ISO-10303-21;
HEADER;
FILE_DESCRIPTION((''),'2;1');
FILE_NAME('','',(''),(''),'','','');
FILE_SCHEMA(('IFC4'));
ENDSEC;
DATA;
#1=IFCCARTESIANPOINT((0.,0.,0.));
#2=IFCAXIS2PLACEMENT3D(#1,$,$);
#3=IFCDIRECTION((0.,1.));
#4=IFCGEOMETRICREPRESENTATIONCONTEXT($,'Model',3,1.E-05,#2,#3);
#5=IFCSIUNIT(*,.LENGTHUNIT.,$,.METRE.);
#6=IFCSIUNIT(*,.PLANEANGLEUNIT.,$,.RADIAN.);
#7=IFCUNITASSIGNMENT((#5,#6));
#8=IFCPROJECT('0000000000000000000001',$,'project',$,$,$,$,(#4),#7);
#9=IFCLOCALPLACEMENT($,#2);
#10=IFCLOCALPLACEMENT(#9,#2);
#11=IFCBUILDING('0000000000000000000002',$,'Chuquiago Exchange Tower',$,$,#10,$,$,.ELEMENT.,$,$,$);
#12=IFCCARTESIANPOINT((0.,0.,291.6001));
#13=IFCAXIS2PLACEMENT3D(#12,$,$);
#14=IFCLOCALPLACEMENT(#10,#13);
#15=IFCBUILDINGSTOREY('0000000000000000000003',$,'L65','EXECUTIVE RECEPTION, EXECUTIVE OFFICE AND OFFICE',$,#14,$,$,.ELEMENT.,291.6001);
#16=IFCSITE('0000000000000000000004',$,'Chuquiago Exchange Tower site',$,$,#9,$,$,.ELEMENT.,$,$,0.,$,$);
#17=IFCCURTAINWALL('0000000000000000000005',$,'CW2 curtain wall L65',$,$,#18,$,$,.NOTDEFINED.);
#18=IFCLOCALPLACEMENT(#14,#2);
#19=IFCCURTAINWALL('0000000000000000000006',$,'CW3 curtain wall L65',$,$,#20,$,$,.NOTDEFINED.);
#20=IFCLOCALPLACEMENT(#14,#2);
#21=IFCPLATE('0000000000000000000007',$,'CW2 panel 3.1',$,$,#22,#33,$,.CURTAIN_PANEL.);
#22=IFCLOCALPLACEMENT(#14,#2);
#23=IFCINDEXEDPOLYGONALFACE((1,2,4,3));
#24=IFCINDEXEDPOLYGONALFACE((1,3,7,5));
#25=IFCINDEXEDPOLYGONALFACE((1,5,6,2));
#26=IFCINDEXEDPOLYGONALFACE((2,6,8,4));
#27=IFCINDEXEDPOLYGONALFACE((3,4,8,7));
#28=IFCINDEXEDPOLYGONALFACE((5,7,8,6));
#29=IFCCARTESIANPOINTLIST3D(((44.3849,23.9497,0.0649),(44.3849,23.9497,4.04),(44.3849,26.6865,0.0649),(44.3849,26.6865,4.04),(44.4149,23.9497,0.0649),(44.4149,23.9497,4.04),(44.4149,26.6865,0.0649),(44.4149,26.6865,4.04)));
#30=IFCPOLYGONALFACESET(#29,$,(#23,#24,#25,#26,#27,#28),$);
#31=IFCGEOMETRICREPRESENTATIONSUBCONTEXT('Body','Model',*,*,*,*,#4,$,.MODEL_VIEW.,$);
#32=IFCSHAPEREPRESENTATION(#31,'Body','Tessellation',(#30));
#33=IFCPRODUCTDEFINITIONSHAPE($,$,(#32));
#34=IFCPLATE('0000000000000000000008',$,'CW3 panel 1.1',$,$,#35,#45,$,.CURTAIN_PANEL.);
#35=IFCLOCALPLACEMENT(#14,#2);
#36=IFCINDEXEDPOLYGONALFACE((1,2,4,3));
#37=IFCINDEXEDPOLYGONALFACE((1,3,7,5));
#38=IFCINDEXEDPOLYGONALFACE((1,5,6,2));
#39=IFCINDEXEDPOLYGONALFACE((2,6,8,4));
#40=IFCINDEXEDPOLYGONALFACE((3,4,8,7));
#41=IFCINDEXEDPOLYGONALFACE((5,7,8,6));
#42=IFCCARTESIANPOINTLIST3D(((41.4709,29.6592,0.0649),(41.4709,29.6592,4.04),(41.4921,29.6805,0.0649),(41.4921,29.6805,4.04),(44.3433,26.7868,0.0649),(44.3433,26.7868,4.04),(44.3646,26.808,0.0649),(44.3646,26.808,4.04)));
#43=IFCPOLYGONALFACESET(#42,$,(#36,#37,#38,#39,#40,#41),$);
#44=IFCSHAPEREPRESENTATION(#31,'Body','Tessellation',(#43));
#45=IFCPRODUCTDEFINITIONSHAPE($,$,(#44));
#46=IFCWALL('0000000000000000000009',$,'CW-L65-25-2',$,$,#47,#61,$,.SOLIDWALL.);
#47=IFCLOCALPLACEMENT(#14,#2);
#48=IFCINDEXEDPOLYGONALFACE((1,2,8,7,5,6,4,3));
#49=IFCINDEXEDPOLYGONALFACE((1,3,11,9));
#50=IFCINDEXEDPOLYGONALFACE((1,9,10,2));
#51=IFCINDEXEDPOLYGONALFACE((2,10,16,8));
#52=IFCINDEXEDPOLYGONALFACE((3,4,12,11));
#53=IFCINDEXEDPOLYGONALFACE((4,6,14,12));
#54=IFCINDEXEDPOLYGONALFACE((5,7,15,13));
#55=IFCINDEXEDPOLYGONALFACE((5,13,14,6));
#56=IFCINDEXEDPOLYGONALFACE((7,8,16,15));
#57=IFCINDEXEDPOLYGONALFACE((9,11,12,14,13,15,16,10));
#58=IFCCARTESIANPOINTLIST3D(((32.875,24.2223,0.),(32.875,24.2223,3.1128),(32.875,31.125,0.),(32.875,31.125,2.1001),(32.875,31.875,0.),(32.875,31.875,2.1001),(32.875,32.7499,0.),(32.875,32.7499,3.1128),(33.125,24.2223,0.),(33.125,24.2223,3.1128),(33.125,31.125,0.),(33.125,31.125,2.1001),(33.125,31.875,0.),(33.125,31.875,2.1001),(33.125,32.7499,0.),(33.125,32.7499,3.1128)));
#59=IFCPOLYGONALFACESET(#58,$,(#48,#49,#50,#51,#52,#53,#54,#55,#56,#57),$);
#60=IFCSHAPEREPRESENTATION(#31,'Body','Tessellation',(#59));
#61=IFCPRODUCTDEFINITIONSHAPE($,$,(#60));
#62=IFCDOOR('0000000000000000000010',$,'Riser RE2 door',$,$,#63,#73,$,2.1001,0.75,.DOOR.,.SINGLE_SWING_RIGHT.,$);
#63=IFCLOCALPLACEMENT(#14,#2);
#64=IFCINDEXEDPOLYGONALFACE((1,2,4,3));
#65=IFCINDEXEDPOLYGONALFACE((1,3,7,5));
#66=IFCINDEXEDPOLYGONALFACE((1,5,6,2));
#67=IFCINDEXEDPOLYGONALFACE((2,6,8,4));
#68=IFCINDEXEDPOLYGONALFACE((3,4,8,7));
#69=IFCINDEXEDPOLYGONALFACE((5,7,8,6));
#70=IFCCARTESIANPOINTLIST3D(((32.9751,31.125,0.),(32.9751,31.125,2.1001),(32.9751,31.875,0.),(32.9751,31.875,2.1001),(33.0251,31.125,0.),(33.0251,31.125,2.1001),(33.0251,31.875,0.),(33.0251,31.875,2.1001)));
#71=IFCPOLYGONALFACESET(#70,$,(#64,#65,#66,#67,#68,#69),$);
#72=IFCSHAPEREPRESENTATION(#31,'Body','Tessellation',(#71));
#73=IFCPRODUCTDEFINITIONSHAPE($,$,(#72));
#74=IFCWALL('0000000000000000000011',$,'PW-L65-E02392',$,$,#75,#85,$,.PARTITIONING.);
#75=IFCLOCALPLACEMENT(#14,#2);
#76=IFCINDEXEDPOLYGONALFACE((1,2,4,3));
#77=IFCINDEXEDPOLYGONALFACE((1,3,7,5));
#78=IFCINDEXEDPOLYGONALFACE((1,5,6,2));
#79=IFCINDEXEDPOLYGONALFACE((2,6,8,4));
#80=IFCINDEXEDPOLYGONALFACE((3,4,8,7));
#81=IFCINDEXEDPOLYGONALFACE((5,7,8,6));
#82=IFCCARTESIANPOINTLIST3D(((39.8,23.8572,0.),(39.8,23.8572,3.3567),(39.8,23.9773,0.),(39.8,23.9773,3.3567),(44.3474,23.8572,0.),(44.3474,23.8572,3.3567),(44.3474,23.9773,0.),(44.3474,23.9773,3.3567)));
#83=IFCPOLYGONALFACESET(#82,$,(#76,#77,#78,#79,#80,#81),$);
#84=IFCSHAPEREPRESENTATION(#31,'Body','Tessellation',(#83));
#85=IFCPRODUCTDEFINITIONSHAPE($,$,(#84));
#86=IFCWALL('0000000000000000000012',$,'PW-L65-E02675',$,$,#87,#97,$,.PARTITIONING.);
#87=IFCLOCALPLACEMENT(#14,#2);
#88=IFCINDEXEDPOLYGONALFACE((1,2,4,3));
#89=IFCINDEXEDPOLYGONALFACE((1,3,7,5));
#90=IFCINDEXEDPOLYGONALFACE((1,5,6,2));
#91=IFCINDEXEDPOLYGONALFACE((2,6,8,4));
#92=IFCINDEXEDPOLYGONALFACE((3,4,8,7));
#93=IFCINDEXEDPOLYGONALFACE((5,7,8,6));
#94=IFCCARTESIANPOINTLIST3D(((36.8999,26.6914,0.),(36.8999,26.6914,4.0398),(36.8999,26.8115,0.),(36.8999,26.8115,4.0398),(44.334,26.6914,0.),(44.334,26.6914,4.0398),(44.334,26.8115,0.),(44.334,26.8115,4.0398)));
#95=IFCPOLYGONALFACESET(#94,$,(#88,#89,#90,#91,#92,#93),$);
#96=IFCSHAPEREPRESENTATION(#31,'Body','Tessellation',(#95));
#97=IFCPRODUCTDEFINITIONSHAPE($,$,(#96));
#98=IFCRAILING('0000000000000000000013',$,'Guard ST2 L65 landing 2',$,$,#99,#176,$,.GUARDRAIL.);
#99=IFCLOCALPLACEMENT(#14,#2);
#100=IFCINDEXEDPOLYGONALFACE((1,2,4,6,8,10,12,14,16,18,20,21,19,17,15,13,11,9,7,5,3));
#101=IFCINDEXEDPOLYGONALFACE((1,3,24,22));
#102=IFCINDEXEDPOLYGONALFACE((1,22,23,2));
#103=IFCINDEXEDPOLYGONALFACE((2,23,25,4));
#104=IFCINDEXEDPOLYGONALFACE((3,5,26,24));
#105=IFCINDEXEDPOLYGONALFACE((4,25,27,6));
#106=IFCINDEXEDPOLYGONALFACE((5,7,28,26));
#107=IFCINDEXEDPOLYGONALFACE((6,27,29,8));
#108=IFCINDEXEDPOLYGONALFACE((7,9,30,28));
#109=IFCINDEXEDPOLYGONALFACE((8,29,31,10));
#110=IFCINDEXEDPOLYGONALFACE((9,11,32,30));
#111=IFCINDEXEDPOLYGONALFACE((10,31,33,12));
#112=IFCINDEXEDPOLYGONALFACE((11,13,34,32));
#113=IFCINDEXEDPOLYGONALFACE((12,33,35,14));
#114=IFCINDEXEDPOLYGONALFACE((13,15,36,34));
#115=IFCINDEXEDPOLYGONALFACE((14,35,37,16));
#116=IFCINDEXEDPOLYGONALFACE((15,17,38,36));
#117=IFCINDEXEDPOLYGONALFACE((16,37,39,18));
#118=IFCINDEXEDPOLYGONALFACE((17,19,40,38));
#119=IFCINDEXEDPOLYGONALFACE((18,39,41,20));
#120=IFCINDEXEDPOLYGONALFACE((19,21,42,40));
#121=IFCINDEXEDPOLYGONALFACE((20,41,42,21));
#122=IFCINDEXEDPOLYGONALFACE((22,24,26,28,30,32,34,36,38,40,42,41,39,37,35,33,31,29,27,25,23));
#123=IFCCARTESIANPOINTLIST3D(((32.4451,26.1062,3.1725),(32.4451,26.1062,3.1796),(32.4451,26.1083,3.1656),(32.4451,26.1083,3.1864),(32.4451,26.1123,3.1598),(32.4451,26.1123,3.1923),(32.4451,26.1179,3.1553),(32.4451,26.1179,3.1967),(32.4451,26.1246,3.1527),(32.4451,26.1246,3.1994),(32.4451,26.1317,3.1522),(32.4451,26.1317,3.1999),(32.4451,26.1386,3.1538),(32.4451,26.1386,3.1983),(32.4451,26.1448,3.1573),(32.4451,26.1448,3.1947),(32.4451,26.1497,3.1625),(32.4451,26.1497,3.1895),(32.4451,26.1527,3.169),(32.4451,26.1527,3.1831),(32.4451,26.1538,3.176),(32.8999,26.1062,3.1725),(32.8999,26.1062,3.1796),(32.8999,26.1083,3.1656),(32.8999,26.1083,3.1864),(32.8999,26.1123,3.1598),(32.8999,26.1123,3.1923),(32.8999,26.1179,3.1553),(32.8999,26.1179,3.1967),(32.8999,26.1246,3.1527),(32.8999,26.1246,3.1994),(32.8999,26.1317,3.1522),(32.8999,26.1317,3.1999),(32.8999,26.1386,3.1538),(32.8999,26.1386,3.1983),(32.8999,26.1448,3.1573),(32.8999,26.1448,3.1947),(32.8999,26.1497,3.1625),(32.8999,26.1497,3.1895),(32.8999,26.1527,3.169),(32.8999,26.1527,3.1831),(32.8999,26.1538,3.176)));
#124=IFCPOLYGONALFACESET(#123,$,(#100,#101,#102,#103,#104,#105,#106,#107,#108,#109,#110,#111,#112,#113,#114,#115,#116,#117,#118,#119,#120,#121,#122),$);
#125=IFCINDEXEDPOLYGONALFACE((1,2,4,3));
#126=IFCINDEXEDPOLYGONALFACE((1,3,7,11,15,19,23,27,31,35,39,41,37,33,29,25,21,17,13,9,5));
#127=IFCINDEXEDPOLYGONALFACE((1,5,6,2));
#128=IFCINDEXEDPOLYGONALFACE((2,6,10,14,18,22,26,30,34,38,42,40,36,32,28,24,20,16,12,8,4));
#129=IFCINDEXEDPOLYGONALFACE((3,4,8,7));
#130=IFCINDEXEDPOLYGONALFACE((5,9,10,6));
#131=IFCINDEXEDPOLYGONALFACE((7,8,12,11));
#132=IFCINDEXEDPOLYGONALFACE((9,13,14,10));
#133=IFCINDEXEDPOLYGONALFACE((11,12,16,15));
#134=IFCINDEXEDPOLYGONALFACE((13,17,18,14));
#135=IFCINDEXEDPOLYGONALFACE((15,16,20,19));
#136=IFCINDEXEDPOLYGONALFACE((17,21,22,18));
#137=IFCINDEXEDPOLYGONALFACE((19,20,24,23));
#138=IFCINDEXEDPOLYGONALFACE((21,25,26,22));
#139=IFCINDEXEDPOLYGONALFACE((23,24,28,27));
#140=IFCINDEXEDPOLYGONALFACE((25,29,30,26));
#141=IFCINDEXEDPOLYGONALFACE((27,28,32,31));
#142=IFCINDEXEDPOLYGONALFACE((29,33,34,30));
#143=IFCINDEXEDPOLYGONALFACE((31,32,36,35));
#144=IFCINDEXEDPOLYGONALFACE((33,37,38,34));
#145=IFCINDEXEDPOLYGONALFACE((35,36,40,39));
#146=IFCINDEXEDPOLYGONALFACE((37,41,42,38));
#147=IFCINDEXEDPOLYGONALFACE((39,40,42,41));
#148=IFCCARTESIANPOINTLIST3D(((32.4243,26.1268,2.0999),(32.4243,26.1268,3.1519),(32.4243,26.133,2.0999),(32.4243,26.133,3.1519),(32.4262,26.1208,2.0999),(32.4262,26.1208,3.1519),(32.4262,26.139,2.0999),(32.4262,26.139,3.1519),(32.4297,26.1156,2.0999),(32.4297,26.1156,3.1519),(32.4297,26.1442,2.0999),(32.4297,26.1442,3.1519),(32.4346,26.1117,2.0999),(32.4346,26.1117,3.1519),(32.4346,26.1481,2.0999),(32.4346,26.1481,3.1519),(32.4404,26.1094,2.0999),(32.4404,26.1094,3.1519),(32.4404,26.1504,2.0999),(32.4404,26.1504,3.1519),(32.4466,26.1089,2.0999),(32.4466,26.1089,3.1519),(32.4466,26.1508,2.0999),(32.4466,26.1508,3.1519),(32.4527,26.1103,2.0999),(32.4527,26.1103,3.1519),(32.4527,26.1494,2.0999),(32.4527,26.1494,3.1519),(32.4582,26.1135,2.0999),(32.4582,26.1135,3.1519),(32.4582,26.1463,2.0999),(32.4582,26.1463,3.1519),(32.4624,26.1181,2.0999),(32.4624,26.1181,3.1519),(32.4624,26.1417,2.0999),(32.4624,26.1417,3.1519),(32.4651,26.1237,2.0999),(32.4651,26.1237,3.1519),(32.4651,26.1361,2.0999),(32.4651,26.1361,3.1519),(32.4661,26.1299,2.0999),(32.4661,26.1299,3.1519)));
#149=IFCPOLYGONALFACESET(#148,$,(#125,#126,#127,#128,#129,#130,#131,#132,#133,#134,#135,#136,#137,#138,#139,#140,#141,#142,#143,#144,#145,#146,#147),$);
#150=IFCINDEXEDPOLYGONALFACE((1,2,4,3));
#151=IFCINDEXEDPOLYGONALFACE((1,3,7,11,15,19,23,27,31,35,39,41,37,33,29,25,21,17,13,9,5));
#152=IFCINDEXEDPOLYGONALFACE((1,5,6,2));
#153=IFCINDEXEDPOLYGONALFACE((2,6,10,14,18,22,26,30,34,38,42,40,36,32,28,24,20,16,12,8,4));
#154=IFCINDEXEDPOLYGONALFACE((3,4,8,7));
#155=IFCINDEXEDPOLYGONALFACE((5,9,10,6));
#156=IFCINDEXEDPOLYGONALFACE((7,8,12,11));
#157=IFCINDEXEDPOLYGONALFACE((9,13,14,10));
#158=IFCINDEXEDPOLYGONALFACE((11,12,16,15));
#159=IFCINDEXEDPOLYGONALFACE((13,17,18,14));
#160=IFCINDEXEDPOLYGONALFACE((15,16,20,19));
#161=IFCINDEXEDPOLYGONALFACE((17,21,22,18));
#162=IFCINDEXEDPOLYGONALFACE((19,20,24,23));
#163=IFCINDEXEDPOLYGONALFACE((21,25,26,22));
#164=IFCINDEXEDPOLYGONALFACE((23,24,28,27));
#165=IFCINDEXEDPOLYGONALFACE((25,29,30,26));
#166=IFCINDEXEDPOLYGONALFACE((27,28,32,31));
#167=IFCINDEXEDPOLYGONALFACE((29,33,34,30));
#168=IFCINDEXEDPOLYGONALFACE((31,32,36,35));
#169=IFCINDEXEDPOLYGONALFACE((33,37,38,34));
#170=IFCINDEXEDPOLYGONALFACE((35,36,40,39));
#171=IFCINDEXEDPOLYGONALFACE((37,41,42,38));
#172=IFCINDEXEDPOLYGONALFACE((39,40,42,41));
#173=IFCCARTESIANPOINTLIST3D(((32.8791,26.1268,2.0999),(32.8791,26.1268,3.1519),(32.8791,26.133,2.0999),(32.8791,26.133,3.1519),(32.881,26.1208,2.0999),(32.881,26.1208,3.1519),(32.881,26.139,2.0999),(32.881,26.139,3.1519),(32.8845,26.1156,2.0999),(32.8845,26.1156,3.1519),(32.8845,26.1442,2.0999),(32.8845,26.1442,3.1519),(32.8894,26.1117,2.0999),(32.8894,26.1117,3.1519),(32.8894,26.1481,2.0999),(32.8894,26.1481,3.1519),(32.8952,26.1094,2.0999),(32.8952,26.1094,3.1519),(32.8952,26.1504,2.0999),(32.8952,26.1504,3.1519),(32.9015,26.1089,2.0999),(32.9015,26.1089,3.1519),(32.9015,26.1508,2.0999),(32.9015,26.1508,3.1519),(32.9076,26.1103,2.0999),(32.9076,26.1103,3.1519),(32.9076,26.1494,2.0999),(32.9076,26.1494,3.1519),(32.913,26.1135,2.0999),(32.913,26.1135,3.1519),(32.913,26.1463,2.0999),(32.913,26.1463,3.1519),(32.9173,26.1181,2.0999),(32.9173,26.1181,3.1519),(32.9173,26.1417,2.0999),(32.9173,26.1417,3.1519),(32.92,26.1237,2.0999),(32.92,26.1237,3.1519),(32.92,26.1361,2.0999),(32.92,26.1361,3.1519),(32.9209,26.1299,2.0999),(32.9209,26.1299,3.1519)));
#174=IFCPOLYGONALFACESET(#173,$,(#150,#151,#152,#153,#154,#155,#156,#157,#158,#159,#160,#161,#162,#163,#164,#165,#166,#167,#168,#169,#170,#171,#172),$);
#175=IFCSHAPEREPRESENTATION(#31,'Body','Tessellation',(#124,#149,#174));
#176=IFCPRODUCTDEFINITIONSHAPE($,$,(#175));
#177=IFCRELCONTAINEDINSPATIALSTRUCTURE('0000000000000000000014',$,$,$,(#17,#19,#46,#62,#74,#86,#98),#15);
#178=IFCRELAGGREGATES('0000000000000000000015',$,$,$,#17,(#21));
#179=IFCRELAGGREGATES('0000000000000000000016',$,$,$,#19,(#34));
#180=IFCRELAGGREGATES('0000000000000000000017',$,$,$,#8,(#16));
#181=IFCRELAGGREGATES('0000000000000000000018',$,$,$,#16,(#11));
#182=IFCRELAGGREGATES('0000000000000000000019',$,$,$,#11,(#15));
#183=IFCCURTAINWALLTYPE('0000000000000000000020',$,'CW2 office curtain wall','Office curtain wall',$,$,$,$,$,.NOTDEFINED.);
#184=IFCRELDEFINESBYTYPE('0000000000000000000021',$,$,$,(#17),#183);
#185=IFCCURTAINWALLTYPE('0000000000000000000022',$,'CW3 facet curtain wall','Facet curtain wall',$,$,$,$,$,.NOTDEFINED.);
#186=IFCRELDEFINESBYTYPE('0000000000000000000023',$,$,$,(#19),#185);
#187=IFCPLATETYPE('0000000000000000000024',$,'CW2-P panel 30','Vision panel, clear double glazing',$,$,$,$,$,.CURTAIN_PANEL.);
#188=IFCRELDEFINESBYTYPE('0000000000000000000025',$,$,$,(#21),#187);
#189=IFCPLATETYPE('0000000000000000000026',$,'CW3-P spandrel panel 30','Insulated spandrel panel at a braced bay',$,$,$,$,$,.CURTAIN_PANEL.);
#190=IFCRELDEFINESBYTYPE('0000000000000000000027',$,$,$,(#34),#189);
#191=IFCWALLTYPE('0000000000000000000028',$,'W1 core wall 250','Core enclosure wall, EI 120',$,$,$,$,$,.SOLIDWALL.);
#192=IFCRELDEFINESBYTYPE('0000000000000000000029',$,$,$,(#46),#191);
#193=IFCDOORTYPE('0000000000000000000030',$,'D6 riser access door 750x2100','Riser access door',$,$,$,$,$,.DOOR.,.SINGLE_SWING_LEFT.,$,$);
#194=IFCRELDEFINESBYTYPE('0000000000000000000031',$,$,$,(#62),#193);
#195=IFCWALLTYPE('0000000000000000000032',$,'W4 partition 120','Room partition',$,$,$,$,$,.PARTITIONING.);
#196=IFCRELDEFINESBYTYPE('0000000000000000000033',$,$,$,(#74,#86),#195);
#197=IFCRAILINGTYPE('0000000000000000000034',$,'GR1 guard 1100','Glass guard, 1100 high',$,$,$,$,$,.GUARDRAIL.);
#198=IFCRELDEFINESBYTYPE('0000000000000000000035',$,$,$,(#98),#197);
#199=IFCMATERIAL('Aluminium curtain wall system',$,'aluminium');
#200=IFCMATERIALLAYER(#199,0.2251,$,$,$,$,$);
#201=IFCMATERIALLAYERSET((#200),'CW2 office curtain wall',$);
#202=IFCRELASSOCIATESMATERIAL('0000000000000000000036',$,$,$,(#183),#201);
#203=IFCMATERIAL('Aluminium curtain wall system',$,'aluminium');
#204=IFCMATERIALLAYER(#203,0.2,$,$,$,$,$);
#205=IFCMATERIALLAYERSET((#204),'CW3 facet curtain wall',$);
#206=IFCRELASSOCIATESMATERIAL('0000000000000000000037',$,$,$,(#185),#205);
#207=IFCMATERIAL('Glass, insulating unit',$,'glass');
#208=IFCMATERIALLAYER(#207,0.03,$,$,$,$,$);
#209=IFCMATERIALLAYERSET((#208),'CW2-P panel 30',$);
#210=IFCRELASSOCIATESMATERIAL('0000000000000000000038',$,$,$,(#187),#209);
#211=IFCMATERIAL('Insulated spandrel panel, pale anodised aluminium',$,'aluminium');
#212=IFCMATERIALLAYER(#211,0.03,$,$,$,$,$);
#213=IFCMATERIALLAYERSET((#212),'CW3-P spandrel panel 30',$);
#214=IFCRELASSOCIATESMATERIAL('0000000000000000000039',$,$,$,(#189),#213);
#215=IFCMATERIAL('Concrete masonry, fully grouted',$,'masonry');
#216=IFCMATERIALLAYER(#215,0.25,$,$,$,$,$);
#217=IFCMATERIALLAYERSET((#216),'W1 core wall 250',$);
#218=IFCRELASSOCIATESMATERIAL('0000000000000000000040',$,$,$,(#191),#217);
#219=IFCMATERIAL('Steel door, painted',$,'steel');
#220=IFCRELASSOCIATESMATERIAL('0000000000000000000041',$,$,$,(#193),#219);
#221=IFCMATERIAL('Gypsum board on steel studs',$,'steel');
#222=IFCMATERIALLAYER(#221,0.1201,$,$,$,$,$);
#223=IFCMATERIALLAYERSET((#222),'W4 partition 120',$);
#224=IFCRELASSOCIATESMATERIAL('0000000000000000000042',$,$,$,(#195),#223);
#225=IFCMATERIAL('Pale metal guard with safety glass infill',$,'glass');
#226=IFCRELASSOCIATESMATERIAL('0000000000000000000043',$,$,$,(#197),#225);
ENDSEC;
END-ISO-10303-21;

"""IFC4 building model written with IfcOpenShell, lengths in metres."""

from ifc_helpers import new_model, si_unit, direction, frame, frame_2d, origin, origin_2d, place, context, subcontext, project, spatial, rectangle, circle, extrude, material, layer, layer_set, type_object, element, fill, aggregate, save


model = new_model("IFC4")

# Units and contexts
model_context = context("Model", 3, precision=1e-05, world=origin(), true_north=direction((0.0, 1.0)))
body_context = subcontext(model_context, "Body", "Model", "MODEL_VIEW")
ifc_project = project(units=[si_unit("LENGTHUNIT", "METRE"), si_unit("PLANEANGLEUNIT", "RADIAN")], contexts=[model_context])

# Site, building, storey
site_placement = place(None, origin())
site = spatial("IfcSite", under=ifc_project, at=site_placement, Name="Chuquiago Exchange Tower site", CompositionType="ELEMENT", RefElevation=0.0)
building_placement = place(site_placement, origin())
building = spatial("IfcBuilding", under=site, at=building_placement, Name="Chuquiago Exchange Tower", CompositionType="ELEMENT")
storey_placement = place(building_placement, frame((0.0, 0.0, 291.6001)))
storey = spatial("IfcBuildingStorey", under=building, at=storey_placement, Name="L65", Description="EXECUTIVE RECEPTION, EXECUTIVE OFFICE AND OFFICE", CompositionType="ELEMENT", Elevation=291.6001)

# Curtain walls
ifc_material_1 = material(Name="Aluminium curtain wall system", Category="aluminium")
ifc_layer_1 = layer(ifc_material_1, 0.2251)
ifc_layer_set_1 = layer_set([ifc_layer_1], Name="CW2 office curtain wall")
curtain_wall_type_1 = type_object("IfcCurtainWallType", Name="CW2 office curtain wall", Description="Office curtain wall", PredefinedType="NOTDEFINED", material=ifc_layer_set_1)
curtain_wall_1_placement = place(storey_placement, origin())
curtain_wall_1 = element("IfcCurtainWall", 1, at=curtain_wall_1_placement, inside=storey, type_object=curtain_wall_type_1, Name="CW2 curtain wall L65", PredefinedType="NOTDEFINED")
ifc_material_2 = material(Name="Aluminium curtain wall system", Category="aluminium")
ifc_layer_2 = layer(ifc_material_2, 0.2)
ifc_layer_set_2 = layer_set([ifc_layer_2], Name="CW3 facet curtain wall")
curtain_wall_type_2 = type_object("IfcCurtainWallType", Name="CW3 facet curtain wall", Description="Facet curtain wall", PredefinedType="NOTDEFINED", material=ifc_layer_set_2)
curtain_wall_2_placement = place(storey_placement, origin())
curtain_wall_2 = element("IfcCurtainWall", 2, at=curtain_wall_2_placement, inside=storey, type_object=curtain_wall_type_2, Name="CW3 curtain wall L65", PredefinedType="NOTDEFINED")

# Plates
ifc_material_3 = material(Name="Glass, insulating unit", Category="glass")
ifc_layer_3 = layer(ifc_material_3, 0.03)
ifc_layer_set_3 = layer_set([ifc_layer_3], Name="CW2-P panel 30")
plate_type_1 = type_object("IfcPlateType", Name="CW2-P panel 30", Description="Vision panel, clear double glazing", PredefinedType="CURTAIN_PANEL", material=ifc_layer_set_3)
plate_1_placement = place(storey_placement, frame((44.3999, 25.3181, 0.0649), z_axis=(0.0, 0.0, 1.0), x_axis=(0.0, 1.0, 0.0)))
plate_1 = element("IfcPlate", 3, at=plate_1_placement, type_object=plate_type_1, Name="CW2 panel 3.1", PredefinedType="CURTAIN_PANEL", context=body_context, shape_type="SweptSolid", body=[
    extrude(rectangle(XDim=2.7368, YDim=0.03, at=origin_2d()), origin(), (0.0, 0.0, 1.0), 3.9751),
])
aggregate(curtain_wall_1, [plate_1])
ifc_material_4 = material(Name="Insulated spandrel panel, pale anodised aluminium", Category="aluminium")
ifc_layer_4 = layer(ifc_material_4, 0.03)
ifc_layer_set_4 = layer_set([ifc_layer_4], Name="CW3-P spandrel panel 30")
plate_type_2 = type_object("IfcPlateType", Name="CW3-P spandrel panel 30", Description="Insulated spandrel panel at a braced bay", PredefinedType="CURTAIN_PANEL", material=ifc_layer_set_4)
plate_2_placement = place(storey_placement, frame((42.9177, 28.2336, 0.0649), z_axis=(0.0, 0.0, 1.0), x_axis=(-0.707107, 0.707107, 0.0)))
plate_2 = element("IfcPlate", 4, at=plate_2_placement, type_object=plate_type_2, Name="CW3 panel 1.1", PredefinedType="CURTAIN_PANEL", context=body_context, shape_type="SweptSolid", body=[
    extrude(rectangle(XDim=4.0623, YDim=0.03, at=origin_2d()), origin(), (0.0, 0.0, 1.0), 3.9751),
])
aggregate(curtain_wall_2, [plate_2])

# Wall, opening, door
ifc_material_5 = material(Name="Concrete masonry, fully grouted", Category="masonry")
ifc_layer_5 = layer(ifc_material_5, 0.25)
ifc_layer_set_5 = layer_set([ifc_layer_5], Name="W1 core wall 250")
wall_type_1 = type_object("IfcWallType", Name="W1 core wall 250", Description="Core enclosure wall, EI 120", PredefinedType="SOLIDWALL", material=ifc_layer_set_5)
wall_1_placement = place(storey_placement, frame((33.0, 24.2224, 0.0), z_axis=(0.0, 0.0, 1.0), x_axis=(0.0, 1.0, 0.0)))
wall_1 = element("IfcWall", 5, at=wall_1_placement, inside=storey, type_object=wall_type_1, Name="CW-L65-25-2", PredefinedType="SOLIDWALL", context=body_context, shape_type="SweptSolid", body=[
    extrude(rectangle(XDim=8.5276, YDim=0.25, at=frame_2d((4.2637, 0.0))), origin(), (0.0, 0.0, 1.0), 3.1128),
])
opening_1_placement = place(wall_1_placement, frame((6.9026, 0.0, 0.0)))
opening_1 = element("IfcOpeningElement", 6, at=opening_1_placement, cuts=wall_1, PredefinedType="OPENING", context=body_context, shape_type="SweptSolid", body=[
    extrude(rectangle(XDim=0.75, YDim=2.1001, at=frame_2d((0.375, 1.05))), frame((0.0, 0.135, 0.0), z_axis=(0.0, -1.0, 0.0), x_axis=(1.0, 0.0, 0.0)), (0.0, 0.0, 1.0), 0.27),
])
ifc_material_6 = material(Name="Steel door, painted", Category="steel")
door_type_1 = type_object("IfcDoorType", Name="D6 riser access door 750x2100", Description="Riser access door", OperationType="SINGLE_SWING_LEFT", PredefinedType="DOOR", material=ifc_material_6)
door_1_placement = place(opening_1_placement, origin())
door_1 = element("IfcDoor", 7, at=door_1_placement, inside=storey, type_object=door_type_1, Name="Riser RE2 door", OperationType="SINGLE_SWING_RIGHT", OverallHeight=2.1001, OverallWidth=0.75, PredefinedType="DOOR", context=body_context, shape_type="SweptSolid", body=[
    extrude(rectangle(XDim=0.75, YDim=2.1001, at=frame_2d((0.375, 1.05))), frame((0.0, 0.0249, 0.0), z_axis=(0.0, -1.0, 0.0), x_axis=(1.0, 0.0, 0.0)), (0.0, 0.0, 1.0), 0.05),
])
fill(opening_1, door_1)

# Walls
ifc_material_7 = material(Name="Gypsum board on steel studs", Category="steel")
ifc_layer_6 = layer(ifc_material_7, 0.1201)
ifc_layer_set_6 = layer_set([ifc_layer_6], Name="W4 partition 120")
wall_type_2 = type_object("IfcWallType", Name="W4 partition 120", Description="Room partition", PredefinedType="PARTITIONING", material=ifc_layer_set_6)
wall_2_placement = place(storey_placement, frame((44.3474, 23.9172, 0.0), z_axis=(0.0, 0.0, 1.0), x_axis=(-1.0, 0.0, 0.0)))
element("IfcWall", 8, at=wall_2_placement, inside=storey, type_object=wall_type_2, Name="PW-L65-E02392", PredefinedType="PARTITIONING", context=body_context, shape_type="SweptSolid", body=[
    extrude(rectangle(XDim=4.5474, YDim=0.1201, at=frame_2d((2.2737, 0.0))), origin(), (0.0, 0.0, 1.0), 3.3567),
])
wall_3_placement = place(storey_placement, frame((44.334, 26.7515, 0.0), z_axis=(0.0, 0.0, 1.0), x_axis=(-1.0, 0.0, 0.0)))
element("IfcWall", 9, at=wall_3_placement, inside=storey, type_object=wall_type_2, Name="PW-L65-E02675", PredefinedType="PARTITIONING", context=body_context, shape_type="SweptSolid", body=[
    extrude(rectangle(XDim=7.4341, YDim=0.1201, at=frame_2d((3.717, 0.0))), origin(), (0.0, 0.0, 1.0), 4.0398),
])

# Railing
ifc_material_8 = material(Name="Pale metal guard with safety glass infill", Category="glass")
railing_type_1 = type_object("IfcRailingType", Name="GR1 guard 1100", Description="Glass guard, 1100 high", PredefinedType="GUARDRAIL", material=ifc_material_8)
railing_1_placement = place(storey_placement, frame((32.4451, 26.1299, 2.0999)))
element("IfcRailing", 10, at=railing_1_placement, inside=storey, type_object=railing_type_1, Name="Guard ST2 L65 landing 2", PredefinedType="GUARDRAIL", context=body_context, shape_type="SweptSolid", body=[
    extrude(circle(Radius=0.0239, at=origin_2d()), frame((0.0, 0.0, 1.0762), z_axis=(1.0, 0.0, 0.0), x_axis=(0.0, 1.0, 0.0)), (0.0, 0.0, 1.0), 0.4548),
    extrude(circle(Radius=0.021, at=origin_2d()), origin(), (0.0, 0.0, 1.0), 1.052),
    extrude(circle(Radius=0.021, at=origin_2d()), frame((0.4548, 0.0, 0.0)), (0.0, 0.0, 1.0), 1.052),
])

save(model, "model.ifc")
